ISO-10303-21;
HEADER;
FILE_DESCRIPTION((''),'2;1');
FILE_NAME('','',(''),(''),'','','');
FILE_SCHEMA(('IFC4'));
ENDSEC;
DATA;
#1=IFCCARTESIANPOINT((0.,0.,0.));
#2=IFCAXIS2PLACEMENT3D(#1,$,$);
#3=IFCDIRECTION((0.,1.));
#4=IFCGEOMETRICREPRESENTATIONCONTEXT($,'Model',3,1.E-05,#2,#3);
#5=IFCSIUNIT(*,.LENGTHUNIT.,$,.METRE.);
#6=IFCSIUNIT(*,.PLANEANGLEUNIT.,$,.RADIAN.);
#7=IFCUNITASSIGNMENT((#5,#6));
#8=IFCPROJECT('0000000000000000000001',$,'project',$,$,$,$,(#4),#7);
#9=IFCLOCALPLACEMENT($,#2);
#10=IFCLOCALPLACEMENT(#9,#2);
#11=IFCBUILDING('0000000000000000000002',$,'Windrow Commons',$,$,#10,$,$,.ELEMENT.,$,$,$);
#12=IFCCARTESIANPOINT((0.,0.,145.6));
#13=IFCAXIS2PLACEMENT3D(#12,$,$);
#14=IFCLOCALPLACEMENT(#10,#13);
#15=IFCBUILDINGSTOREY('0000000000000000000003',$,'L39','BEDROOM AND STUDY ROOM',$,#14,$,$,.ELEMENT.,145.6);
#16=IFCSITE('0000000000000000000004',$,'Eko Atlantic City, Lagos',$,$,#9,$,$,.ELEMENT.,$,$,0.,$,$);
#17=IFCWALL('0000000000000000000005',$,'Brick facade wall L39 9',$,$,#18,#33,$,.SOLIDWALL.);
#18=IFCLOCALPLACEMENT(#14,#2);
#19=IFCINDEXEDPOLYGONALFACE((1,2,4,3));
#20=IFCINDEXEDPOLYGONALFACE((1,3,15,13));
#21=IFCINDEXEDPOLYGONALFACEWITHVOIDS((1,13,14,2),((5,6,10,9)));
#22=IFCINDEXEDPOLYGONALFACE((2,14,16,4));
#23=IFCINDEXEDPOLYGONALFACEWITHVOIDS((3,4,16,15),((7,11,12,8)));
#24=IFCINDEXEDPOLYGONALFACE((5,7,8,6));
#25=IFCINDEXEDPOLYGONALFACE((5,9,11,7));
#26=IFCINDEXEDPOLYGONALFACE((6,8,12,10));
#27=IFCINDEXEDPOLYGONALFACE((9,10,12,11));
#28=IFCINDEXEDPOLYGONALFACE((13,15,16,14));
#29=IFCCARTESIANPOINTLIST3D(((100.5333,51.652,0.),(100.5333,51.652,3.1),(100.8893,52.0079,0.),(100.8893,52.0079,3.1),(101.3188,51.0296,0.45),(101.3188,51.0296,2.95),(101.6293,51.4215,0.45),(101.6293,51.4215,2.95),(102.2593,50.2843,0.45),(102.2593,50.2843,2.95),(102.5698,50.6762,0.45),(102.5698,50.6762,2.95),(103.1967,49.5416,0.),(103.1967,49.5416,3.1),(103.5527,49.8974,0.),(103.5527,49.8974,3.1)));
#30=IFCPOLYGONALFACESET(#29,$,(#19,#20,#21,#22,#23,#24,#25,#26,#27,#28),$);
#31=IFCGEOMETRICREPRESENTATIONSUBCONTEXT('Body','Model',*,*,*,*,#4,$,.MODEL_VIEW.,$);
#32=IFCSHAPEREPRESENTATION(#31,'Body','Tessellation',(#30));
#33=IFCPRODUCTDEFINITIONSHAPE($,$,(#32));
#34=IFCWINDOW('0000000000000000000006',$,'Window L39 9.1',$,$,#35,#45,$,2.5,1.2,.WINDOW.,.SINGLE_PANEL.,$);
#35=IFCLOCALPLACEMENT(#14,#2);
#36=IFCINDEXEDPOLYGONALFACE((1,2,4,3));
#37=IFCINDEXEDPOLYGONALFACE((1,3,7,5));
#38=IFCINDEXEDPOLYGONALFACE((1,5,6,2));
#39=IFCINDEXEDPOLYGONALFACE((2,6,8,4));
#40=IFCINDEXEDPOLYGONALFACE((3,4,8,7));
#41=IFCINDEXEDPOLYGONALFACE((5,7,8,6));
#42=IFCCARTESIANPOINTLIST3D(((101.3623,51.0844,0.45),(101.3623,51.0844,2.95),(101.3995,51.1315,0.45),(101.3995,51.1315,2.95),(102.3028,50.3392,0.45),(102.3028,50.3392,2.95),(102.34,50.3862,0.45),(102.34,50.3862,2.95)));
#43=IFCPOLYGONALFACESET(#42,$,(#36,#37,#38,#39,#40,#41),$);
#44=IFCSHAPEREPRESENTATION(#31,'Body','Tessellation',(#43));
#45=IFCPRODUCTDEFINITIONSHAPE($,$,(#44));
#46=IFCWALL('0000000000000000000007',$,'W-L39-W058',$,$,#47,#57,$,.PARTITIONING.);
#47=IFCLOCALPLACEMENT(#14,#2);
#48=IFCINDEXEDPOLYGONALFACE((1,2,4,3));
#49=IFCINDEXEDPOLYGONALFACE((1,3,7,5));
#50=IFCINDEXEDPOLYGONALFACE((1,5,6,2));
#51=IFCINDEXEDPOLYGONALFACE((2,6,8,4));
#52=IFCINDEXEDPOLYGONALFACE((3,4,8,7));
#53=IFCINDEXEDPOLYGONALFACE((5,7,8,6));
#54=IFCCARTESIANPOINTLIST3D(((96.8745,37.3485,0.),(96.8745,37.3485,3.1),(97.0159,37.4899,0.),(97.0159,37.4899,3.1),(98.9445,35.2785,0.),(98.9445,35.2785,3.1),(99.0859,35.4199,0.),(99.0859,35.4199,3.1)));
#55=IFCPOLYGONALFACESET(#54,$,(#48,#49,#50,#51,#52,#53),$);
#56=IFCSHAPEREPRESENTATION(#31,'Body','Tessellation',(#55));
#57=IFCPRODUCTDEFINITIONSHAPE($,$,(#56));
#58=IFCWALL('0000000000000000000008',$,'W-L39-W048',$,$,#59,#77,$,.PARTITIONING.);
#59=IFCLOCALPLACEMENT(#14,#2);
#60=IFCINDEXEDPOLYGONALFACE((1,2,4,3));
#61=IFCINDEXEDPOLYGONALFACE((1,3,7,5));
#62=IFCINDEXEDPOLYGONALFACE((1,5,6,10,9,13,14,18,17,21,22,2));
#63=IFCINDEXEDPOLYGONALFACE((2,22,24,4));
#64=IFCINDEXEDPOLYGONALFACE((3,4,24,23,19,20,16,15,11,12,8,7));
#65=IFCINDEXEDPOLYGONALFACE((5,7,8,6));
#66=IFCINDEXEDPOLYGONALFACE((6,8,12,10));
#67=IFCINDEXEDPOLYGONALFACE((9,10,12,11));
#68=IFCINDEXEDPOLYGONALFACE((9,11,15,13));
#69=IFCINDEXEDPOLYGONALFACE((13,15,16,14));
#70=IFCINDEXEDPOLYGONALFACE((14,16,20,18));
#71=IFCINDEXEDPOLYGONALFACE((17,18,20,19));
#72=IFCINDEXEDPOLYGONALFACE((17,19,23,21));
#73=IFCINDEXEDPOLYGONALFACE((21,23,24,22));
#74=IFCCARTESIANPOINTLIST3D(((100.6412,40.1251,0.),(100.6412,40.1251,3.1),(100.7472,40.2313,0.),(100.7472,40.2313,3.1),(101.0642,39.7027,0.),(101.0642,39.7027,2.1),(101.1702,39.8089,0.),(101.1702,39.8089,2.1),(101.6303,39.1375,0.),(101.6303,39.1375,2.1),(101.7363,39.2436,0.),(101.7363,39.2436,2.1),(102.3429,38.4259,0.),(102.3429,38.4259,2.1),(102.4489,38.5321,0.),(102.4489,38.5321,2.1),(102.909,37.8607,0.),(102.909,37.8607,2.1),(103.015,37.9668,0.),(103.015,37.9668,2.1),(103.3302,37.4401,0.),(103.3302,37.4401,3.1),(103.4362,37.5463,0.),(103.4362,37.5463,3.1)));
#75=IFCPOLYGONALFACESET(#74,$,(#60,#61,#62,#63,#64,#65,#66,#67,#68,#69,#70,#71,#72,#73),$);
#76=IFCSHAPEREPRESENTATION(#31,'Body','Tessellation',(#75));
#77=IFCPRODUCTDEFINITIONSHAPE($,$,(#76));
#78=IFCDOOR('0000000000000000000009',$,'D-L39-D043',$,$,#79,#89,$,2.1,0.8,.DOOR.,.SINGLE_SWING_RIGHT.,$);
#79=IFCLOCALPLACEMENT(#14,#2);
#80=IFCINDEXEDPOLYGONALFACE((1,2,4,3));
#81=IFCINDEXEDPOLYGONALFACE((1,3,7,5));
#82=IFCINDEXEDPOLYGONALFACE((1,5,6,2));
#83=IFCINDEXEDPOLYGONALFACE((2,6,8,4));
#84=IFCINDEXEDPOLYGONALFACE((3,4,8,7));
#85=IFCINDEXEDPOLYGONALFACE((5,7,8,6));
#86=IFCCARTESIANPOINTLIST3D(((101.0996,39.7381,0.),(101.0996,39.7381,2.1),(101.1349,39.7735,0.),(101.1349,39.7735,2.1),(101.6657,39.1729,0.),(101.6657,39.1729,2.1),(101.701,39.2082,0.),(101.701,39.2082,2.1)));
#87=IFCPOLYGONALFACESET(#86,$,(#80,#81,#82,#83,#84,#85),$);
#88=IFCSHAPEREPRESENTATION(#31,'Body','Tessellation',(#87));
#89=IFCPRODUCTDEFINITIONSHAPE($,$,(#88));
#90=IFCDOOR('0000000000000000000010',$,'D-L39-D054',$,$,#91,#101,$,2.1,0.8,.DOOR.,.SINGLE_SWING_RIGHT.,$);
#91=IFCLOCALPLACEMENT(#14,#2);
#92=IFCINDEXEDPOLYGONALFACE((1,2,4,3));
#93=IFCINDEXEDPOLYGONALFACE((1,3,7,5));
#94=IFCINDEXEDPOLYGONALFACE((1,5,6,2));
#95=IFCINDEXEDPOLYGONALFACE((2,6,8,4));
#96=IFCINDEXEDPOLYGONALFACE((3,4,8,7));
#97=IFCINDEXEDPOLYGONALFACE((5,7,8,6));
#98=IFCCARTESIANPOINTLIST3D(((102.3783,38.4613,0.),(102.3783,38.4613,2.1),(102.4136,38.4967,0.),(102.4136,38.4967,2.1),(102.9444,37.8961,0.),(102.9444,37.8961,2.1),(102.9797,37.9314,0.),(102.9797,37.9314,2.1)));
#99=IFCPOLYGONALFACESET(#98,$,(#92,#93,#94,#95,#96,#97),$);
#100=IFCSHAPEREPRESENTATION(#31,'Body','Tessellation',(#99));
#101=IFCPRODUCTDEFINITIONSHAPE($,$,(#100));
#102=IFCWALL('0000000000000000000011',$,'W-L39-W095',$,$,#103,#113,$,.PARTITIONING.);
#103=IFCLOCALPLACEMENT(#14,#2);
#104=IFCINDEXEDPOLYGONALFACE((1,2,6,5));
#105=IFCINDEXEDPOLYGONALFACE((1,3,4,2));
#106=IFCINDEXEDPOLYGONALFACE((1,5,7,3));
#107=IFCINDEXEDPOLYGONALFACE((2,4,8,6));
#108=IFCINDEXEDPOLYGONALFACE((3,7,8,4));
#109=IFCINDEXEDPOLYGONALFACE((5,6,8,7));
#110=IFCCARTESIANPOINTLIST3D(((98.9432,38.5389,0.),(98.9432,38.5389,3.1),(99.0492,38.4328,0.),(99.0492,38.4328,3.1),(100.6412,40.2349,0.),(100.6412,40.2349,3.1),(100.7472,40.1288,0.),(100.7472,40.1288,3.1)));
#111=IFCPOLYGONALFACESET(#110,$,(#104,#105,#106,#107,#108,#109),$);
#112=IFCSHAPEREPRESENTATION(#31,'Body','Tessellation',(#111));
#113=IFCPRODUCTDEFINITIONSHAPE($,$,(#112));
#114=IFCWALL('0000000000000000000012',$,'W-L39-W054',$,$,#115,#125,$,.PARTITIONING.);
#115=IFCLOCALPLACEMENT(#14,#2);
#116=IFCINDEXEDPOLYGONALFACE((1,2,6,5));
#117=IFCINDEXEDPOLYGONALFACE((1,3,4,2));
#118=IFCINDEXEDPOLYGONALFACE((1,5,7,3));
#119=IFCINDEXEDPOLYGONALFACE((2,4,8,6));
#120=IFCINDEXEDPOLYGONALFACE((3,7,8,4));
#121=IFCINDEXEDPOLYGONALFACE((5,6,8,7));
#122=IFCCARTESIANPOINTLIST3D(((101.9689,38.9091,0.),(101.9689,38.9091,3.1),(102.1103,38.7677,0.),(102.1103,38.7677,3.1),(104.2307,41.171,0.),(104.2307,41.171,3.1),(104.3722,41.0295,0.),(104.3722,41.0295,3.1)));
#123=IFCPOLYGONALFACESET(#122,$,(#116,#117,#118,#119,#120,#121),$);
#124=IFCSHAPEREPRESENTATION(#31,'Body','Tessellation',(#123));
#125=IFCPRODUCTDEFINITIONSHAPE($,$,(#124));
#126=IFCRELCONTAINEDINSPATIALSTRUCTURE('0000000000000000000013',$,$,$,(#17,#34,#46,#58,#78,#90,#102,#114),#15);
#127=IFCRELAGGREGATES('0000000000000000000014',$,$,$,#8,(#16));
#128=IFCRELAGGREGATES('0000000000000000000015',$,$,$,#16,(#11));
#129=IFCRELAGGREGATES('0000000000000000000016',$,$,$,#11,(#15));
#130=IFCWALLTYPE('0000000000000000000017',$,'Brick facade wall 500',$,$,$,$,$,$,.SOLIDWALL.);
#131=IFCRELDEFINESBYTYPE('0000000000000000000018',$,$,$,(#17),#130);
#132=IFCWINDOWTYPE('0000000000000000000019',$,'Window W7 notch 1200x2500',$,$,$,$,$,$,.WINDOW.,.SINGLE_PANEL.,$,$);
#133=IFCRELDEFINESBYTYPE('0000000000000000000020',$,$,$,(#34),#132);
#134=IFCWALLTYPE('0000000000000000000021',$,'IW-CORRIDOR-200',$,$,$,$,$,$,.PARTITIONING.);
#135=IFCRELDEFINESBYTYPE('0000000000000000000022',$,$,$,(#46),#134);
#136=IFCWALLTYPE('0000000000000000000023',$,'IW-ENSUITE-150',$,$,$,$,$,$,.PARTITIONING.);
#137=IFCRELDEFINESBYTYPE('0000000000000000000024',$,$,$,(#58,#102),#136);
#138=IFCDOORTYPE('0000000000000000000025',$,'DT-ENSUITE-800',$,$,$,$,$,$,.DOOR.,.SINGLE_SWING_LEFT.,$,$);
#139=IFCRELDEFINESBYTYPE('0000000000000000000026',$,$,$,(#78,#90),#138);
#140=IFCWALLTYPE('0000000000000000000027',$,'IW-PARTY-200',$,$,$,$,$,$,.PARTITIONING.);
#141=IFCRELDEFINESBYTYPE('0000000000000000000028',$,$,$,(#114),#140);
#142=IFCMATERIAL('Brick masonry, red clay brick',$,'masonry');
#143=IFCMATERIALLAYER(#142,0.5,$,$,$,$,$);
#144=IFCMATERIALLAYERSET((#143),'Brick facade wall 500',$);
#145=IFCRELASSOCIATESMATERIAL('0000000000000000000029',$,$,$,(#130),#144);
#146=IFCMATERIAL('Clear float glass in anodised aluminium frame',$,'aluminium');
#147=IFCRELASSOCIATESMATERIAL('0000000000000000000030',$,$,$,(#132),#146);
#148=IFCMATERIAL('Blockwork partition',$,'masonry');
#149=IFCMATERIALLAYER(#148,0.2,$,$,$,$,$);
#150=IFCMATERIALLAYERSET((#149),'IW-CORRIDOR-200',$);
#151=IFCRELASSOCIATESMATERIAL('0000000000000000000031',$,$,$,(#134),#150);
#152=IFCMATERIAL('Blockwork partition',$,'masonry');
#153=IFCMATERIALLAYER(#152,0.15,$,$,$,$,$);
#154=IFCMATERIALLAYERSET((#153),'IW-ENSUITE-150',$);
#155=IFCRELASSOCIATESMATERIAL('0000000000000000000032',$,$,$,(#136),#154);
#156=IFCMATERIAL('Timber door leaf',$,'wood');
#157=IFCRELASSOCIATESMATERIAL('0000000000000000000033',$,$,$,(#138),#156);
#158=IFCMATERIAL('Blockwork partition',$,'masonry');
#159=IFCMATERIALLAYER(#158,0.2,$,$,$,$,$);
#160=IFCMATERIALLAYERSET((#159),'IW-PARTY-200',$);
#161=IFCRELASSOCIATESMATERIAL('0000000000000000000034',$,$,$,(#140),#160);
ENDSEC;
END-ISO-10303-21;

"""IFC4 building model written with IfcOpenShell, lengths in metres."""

from ifc_helpers import new_model, si_unit, direction, frame, frame_2d, origin, place, context, subcontext, project, spatial, polyline, rectangle, outline, extrude, material, layer, layer_set, type_object, element, fill, save


model = new_model("IFC4")

# Units and contexts
model_context = context("Model", 3, precision=1e-05, world=origin(), true_north=direction((0.0, 1.0)))
body_context = subcontext(model_context, "Body", "Model", "MODEL_VIEW")
ifc_project = project(units=[si_unit("LENGTHUNIT", "METRE"), si_unit("PLANEANGLEUNIT", "RADIAN")], contexts=[model_context])

# Site, building, storey
site_placement = place(None, origin())
site = spatial("IfcSite", under=ifc_project, at=site_placement, Name="Eko Atlantic City, Lagos", CompositionType="ELEMENT", RefElevation=0.0)
building_placement = place(site_placement, origin())
building = spatial("IfcBuilding", under=site, at=building_placement, Name="Windrow Commons", CompositionType="ELEMENT")
storey_placement = place(building_placement, frame((0.0, 0.0, 145.6)))
storey = spatial("IfcBuildingStorey", under=building, at=storey_placement, Name="L39", Description="BEDROOM AND STUDY ROOM", CompositionType="ELEMENT", Elevation=145.6)

# Wall, opening, window
ifc_material_1 = material(Name="Brick masonry, red clay brick", Category="masonry")
ifc_layer_1 = layer(ifc_material_1, 0.5)
ifc_layer_set_1 = layer_set([ifc_layer_1], Name="Brick facade wall 500")
wall_type_1 = type_object("IfcWallType", Name="Brick facade wall 500", PredefinedType="SOLIDWALL", material=ifc_layer_set_1)
ifc_material_2 = material(Name="Clear float glass in anodised aluminium frame", Category="aluminium")
window_type_1 = type_object("IfcWindowType", Name="Window W7 notch 1200x2500", PartitioningType="SINGLE_PANEL", PredefinedType="WINDOW", material=ifc_material_2)
wall_1_placement = place(storey_placement, frame((103.3747, 49.7195, 0.0), z_axis=(0.0, 0.0, 1.0), x_axis=(-0.783777, 0.621042, 0.0)))
wall_1 = element("IfcWall", 1, at=wall_1_placement, inside=storey, type_object=wall_type_1, Name="Brick facade wall L39 9", PredefinedType="SOLIDWALL", context=body_context, shape_type="SweptSolid", body=[
    extrude(outline(polyline([(-0.029, -0.25), (3.3692, -0.25), (3.4272, 0.25), (0.029, 0.25), (-0.029, -0.25)])), origin(), (0.0, 0.0, 1.0), 3.1),
])
opening_1_placement = place(wall_1_placement, frame((1.225, 0.0, 0.45)))
opening_1 = element("IfcOpeningElement", 2, at=opening_1_placement, cuts=wall_1, PredefinedType="OPENING", context=body_context, shape_type="SweptSolid", body=[
    extrude(rectangle(XDim=1.2, YDim=2.5, at=frame_2d((0.6, 1.25))), frame((0.0, 0.26, 0.0), z_axis=(0.0, -1.0, 0.0), x_axis=(1.0, 0.0, 0.0)), (0.0, 0.0, 1.0), 0.52),
])
window_1_placement = place(opening_1_placement, origin())
window_1 = element("IfcWindow", 3, at=window_1_placement, inside=storey, type_object=window_type_1, Name="Window L39 9.1", OverallHeight=2.5, OverallWidth=1.2, PartitioningType="SINGLE_PANEL", PredefinedType="WINDOW", context=body_context, shape_type="SweptSolid", body=[
    extrude(rectangle(XDim=1.2, YDim=2.5, at=frame_2d((0.6, 1.25))), frame((0.0, 0.18, 0.0), z_axis=(0.0, -1.0, 0.0), x_axis=(1.0, 0.0, 0.0)), (0.0, 0.0, 1.0), 0.06),
])
fill(opening_1, window_1)

# Wall
ifc_material_3 = material(Name="Blockwork partition", Category="masonry")
ifc_layer_2 = layer(ifc_material_3, 0.2)
ifc_layer_set_2 = layer_set([ifc_layer_2], Name="IW-CORRIDOR-200")
wall_type_2 = type_object("IfcWallType", Name="IW-CORRIDOR-200", PredefinedType="PARTITIONING", material=ifc_layer_set_2)
wall_2_placement = place(storey_placement, frame((96.9452, 37.4192, 0.0), z_axis=(0.0, 0.0, 1.0), x_axis=(0.707107, -0.707107, 0.0)))
element("IfcWall", 4, at=wall_2_placement, inside=storey, type_object=wall_type_2, Name="W-L39-W058", PredefinedType="PARTITIONING", context=body_context, shape_type="SweptSolid", body=[
    extrude(rectangle(XDim=2.9274, YDim=0.2, at=frame_2d((1.4637, 0.0))), origin(), (0.0, 0.0, 1.0), 3.1),
])

# Wall, openings, doors
ifc_material_4 = material(Name="Blockwork partition", Category="masonry")
ifc_layer_3 = layer(ifc_material_4, 0.15)
ifc_layer_set_3 = layer_set([ifc_layer_3], Name="IW-ENSUITE-150")
wall_type_3 = type_object("IfcWallType", Name="IW-ENSUITE-150", PredefinedType="PARTITIONING", material=ifc_layer_set_3)
wall_3_placement = place(storey_placement, frame((100.6942, 40.1782, 0.0), z_axis=(0.0, 0.0, 1.0), x_axis=(0.707633, -0.70658, 0.0)))
wall_3 = element("IfcWall", 5, at=wall_3_placement, inside=storey, type_object=wall_type_3, Name="W-L39-W048", PredefinedType="PARTITIONING", context=body_context, shape_type="SweptSolid", body=[
    extrude(rectangle(XDim=3.8, YDim=0.15, at=frame_2d((1.9, 0.0))), origin(), (0.0, 0.0, 1.0), 3.1),
])
opening_2_placement = place(wall_3_placement, frame((0.5978, 0.0, 0.0)))
opening_2 = element("IfcOpeningElement", 6, at=opening_2_placement, cuts=wall_3, PredefinedType="OPENING", context=body_context, shape_type="SweptSolid", body=[
    extrude(rectangle(XDim=0.8, YDim=2.1, at=frame_2d((0.4, 1.05))), frame((0.0, 0.085, 0.0), z_axis=(0.0, -1.0, 0.0), x_axis=(1.0, 0.0, 0.0)), (0.0, 0.0, 1.0), 0.17),
])
opening_3_placement = place(wall_3_placement, frame((2.4048, 0.0, 0.0)))
opening_3 = element("IfcOpeningElement", 7, at=opening_3_placement, cuts=wall_3, PredefinedType="OPENING", context=body_context, shape_type="SweptSolid", body=[
    extrude(rectangle(XDim=0.8, YDim=2.1, at=frame_2d((0.4, 1.05))), frame((0.0, 0.085, 0.0), z_axis=(0.0, -1.0, 0.0), x_axis=(1.0, 0.0, 0.0)), (0.0, 0.0, 1.0), 0.17),
])
ifc_material_5 = material(Name="Timber door leaf", Category="wood")
door_type = type_object("IfcDoorType", Name="DT-ENSUITE-800", OperationType="SINGLE_SWING_LEFT", PredefinedType="DOOR", material=ifc_material_5)
door_1_placement = place(opening_2_placement, origin())
door_1 = element("IfcDoor", 8, at=door_1_placement, inside=storey, type_object=door_type, Name="D-L39-D043", OperationType="SINGLE_SWING_RIGHT", OverallHeight=2.1, OverallWidth=0.8, PredefinedType="DOOR", context=body_context, shape_type="SweptSolid", body=[
    extrude(rectangle(XDim=0.8, YDim=2.1, at=frame_2d((0.4, 1.05))), frame((0.0, 0.025, 0.0), z_axis=(0.0, -1.0, 0.0), x_axis=(1.0, 0.0, 0.0)), (0.0, 0.0, 1.0), 0.05),
])
fill(opening_2, door_1)
door_2_placement = place(opening_3_placement, origin())
door_2 = element("IfcDoor", 9, at=door_2_placement, inside=storey, type_object=door_type, Name="D-L39-D054", OperationType="SINGLE_SWING_RIGHT", OverallHeight=2.1, OverallWidth=0.8, PredefinedType="DOOR", context=body_context, shape_type="SweptSolid", body=[
    extrude(rectangle(XDim=0.8, YDim=2.1, at=frame_2d((0.4, 1.05))), frame((0.0, 0.025, 0.0), z_axis=(0.0, -1.0, 0.0), x_axis=(1.0, 0.0, 0.0)), (0.0, 0.0, 1.0), 0.05),
])
fill(opening_3, door_2)

# Walls
wall_4_placement = place(storey_placement, frame((98.9962, 38.4858, 0.0), z_axis=(0.0, 0.0, 1.0), x_axis=(0.707523, 0.70669, 0.0)))
element("IfcWall", 10, at=wall_4_placement, inside=storey, type_object=wall_type_3, Name="W-L39-W095", PredefinedType="PARTITIONING", context=body_context, shape_type="SweptSolid", body=[
    extrude(rectangle(XDim=2.3999, YDim=0.15, at=frame_2d((1.2, 0.0))), origin(), (0.0, 0.0, 1.0), 3.1),
])
ifc_material_6 = material(Name="Blockwork partition", Category="masonry")
ifc_layer_4 = layer(ifc_material_6, 0.2)
ifc_layer_set_4 = layer_set([ifc_layer_4], Name="IW-PARTY-200")
wall_type_4 = type_object("IfcWallType", Name="IW-PARTY-200", PredefinedType="PARTITIONING", material=ifc_layer_set_4)
wall_5_placement = place(storey_placement, frame((102.0396, 38.8384, 0.0), z_axis=(0.0, 0.0, 1.0), x_axis=(0.707107, 0.707107, 0.0)))
element("IfcWall", 11, at=wall_5_placement, inside=storey, type_object=wall_type_4, Name="W-L39-W054", PredefinedType="PARTITIONING", context=body_context, shape_type="SweptSolid", body=[
    extrude(rectangle(XDim=3.1987, YDim=0.2, at=frame_2d((1.5994, 0.0))), origin(), (0.0, 0.0, 1.0), 3.1),
])

save(model, "model.ifc")
